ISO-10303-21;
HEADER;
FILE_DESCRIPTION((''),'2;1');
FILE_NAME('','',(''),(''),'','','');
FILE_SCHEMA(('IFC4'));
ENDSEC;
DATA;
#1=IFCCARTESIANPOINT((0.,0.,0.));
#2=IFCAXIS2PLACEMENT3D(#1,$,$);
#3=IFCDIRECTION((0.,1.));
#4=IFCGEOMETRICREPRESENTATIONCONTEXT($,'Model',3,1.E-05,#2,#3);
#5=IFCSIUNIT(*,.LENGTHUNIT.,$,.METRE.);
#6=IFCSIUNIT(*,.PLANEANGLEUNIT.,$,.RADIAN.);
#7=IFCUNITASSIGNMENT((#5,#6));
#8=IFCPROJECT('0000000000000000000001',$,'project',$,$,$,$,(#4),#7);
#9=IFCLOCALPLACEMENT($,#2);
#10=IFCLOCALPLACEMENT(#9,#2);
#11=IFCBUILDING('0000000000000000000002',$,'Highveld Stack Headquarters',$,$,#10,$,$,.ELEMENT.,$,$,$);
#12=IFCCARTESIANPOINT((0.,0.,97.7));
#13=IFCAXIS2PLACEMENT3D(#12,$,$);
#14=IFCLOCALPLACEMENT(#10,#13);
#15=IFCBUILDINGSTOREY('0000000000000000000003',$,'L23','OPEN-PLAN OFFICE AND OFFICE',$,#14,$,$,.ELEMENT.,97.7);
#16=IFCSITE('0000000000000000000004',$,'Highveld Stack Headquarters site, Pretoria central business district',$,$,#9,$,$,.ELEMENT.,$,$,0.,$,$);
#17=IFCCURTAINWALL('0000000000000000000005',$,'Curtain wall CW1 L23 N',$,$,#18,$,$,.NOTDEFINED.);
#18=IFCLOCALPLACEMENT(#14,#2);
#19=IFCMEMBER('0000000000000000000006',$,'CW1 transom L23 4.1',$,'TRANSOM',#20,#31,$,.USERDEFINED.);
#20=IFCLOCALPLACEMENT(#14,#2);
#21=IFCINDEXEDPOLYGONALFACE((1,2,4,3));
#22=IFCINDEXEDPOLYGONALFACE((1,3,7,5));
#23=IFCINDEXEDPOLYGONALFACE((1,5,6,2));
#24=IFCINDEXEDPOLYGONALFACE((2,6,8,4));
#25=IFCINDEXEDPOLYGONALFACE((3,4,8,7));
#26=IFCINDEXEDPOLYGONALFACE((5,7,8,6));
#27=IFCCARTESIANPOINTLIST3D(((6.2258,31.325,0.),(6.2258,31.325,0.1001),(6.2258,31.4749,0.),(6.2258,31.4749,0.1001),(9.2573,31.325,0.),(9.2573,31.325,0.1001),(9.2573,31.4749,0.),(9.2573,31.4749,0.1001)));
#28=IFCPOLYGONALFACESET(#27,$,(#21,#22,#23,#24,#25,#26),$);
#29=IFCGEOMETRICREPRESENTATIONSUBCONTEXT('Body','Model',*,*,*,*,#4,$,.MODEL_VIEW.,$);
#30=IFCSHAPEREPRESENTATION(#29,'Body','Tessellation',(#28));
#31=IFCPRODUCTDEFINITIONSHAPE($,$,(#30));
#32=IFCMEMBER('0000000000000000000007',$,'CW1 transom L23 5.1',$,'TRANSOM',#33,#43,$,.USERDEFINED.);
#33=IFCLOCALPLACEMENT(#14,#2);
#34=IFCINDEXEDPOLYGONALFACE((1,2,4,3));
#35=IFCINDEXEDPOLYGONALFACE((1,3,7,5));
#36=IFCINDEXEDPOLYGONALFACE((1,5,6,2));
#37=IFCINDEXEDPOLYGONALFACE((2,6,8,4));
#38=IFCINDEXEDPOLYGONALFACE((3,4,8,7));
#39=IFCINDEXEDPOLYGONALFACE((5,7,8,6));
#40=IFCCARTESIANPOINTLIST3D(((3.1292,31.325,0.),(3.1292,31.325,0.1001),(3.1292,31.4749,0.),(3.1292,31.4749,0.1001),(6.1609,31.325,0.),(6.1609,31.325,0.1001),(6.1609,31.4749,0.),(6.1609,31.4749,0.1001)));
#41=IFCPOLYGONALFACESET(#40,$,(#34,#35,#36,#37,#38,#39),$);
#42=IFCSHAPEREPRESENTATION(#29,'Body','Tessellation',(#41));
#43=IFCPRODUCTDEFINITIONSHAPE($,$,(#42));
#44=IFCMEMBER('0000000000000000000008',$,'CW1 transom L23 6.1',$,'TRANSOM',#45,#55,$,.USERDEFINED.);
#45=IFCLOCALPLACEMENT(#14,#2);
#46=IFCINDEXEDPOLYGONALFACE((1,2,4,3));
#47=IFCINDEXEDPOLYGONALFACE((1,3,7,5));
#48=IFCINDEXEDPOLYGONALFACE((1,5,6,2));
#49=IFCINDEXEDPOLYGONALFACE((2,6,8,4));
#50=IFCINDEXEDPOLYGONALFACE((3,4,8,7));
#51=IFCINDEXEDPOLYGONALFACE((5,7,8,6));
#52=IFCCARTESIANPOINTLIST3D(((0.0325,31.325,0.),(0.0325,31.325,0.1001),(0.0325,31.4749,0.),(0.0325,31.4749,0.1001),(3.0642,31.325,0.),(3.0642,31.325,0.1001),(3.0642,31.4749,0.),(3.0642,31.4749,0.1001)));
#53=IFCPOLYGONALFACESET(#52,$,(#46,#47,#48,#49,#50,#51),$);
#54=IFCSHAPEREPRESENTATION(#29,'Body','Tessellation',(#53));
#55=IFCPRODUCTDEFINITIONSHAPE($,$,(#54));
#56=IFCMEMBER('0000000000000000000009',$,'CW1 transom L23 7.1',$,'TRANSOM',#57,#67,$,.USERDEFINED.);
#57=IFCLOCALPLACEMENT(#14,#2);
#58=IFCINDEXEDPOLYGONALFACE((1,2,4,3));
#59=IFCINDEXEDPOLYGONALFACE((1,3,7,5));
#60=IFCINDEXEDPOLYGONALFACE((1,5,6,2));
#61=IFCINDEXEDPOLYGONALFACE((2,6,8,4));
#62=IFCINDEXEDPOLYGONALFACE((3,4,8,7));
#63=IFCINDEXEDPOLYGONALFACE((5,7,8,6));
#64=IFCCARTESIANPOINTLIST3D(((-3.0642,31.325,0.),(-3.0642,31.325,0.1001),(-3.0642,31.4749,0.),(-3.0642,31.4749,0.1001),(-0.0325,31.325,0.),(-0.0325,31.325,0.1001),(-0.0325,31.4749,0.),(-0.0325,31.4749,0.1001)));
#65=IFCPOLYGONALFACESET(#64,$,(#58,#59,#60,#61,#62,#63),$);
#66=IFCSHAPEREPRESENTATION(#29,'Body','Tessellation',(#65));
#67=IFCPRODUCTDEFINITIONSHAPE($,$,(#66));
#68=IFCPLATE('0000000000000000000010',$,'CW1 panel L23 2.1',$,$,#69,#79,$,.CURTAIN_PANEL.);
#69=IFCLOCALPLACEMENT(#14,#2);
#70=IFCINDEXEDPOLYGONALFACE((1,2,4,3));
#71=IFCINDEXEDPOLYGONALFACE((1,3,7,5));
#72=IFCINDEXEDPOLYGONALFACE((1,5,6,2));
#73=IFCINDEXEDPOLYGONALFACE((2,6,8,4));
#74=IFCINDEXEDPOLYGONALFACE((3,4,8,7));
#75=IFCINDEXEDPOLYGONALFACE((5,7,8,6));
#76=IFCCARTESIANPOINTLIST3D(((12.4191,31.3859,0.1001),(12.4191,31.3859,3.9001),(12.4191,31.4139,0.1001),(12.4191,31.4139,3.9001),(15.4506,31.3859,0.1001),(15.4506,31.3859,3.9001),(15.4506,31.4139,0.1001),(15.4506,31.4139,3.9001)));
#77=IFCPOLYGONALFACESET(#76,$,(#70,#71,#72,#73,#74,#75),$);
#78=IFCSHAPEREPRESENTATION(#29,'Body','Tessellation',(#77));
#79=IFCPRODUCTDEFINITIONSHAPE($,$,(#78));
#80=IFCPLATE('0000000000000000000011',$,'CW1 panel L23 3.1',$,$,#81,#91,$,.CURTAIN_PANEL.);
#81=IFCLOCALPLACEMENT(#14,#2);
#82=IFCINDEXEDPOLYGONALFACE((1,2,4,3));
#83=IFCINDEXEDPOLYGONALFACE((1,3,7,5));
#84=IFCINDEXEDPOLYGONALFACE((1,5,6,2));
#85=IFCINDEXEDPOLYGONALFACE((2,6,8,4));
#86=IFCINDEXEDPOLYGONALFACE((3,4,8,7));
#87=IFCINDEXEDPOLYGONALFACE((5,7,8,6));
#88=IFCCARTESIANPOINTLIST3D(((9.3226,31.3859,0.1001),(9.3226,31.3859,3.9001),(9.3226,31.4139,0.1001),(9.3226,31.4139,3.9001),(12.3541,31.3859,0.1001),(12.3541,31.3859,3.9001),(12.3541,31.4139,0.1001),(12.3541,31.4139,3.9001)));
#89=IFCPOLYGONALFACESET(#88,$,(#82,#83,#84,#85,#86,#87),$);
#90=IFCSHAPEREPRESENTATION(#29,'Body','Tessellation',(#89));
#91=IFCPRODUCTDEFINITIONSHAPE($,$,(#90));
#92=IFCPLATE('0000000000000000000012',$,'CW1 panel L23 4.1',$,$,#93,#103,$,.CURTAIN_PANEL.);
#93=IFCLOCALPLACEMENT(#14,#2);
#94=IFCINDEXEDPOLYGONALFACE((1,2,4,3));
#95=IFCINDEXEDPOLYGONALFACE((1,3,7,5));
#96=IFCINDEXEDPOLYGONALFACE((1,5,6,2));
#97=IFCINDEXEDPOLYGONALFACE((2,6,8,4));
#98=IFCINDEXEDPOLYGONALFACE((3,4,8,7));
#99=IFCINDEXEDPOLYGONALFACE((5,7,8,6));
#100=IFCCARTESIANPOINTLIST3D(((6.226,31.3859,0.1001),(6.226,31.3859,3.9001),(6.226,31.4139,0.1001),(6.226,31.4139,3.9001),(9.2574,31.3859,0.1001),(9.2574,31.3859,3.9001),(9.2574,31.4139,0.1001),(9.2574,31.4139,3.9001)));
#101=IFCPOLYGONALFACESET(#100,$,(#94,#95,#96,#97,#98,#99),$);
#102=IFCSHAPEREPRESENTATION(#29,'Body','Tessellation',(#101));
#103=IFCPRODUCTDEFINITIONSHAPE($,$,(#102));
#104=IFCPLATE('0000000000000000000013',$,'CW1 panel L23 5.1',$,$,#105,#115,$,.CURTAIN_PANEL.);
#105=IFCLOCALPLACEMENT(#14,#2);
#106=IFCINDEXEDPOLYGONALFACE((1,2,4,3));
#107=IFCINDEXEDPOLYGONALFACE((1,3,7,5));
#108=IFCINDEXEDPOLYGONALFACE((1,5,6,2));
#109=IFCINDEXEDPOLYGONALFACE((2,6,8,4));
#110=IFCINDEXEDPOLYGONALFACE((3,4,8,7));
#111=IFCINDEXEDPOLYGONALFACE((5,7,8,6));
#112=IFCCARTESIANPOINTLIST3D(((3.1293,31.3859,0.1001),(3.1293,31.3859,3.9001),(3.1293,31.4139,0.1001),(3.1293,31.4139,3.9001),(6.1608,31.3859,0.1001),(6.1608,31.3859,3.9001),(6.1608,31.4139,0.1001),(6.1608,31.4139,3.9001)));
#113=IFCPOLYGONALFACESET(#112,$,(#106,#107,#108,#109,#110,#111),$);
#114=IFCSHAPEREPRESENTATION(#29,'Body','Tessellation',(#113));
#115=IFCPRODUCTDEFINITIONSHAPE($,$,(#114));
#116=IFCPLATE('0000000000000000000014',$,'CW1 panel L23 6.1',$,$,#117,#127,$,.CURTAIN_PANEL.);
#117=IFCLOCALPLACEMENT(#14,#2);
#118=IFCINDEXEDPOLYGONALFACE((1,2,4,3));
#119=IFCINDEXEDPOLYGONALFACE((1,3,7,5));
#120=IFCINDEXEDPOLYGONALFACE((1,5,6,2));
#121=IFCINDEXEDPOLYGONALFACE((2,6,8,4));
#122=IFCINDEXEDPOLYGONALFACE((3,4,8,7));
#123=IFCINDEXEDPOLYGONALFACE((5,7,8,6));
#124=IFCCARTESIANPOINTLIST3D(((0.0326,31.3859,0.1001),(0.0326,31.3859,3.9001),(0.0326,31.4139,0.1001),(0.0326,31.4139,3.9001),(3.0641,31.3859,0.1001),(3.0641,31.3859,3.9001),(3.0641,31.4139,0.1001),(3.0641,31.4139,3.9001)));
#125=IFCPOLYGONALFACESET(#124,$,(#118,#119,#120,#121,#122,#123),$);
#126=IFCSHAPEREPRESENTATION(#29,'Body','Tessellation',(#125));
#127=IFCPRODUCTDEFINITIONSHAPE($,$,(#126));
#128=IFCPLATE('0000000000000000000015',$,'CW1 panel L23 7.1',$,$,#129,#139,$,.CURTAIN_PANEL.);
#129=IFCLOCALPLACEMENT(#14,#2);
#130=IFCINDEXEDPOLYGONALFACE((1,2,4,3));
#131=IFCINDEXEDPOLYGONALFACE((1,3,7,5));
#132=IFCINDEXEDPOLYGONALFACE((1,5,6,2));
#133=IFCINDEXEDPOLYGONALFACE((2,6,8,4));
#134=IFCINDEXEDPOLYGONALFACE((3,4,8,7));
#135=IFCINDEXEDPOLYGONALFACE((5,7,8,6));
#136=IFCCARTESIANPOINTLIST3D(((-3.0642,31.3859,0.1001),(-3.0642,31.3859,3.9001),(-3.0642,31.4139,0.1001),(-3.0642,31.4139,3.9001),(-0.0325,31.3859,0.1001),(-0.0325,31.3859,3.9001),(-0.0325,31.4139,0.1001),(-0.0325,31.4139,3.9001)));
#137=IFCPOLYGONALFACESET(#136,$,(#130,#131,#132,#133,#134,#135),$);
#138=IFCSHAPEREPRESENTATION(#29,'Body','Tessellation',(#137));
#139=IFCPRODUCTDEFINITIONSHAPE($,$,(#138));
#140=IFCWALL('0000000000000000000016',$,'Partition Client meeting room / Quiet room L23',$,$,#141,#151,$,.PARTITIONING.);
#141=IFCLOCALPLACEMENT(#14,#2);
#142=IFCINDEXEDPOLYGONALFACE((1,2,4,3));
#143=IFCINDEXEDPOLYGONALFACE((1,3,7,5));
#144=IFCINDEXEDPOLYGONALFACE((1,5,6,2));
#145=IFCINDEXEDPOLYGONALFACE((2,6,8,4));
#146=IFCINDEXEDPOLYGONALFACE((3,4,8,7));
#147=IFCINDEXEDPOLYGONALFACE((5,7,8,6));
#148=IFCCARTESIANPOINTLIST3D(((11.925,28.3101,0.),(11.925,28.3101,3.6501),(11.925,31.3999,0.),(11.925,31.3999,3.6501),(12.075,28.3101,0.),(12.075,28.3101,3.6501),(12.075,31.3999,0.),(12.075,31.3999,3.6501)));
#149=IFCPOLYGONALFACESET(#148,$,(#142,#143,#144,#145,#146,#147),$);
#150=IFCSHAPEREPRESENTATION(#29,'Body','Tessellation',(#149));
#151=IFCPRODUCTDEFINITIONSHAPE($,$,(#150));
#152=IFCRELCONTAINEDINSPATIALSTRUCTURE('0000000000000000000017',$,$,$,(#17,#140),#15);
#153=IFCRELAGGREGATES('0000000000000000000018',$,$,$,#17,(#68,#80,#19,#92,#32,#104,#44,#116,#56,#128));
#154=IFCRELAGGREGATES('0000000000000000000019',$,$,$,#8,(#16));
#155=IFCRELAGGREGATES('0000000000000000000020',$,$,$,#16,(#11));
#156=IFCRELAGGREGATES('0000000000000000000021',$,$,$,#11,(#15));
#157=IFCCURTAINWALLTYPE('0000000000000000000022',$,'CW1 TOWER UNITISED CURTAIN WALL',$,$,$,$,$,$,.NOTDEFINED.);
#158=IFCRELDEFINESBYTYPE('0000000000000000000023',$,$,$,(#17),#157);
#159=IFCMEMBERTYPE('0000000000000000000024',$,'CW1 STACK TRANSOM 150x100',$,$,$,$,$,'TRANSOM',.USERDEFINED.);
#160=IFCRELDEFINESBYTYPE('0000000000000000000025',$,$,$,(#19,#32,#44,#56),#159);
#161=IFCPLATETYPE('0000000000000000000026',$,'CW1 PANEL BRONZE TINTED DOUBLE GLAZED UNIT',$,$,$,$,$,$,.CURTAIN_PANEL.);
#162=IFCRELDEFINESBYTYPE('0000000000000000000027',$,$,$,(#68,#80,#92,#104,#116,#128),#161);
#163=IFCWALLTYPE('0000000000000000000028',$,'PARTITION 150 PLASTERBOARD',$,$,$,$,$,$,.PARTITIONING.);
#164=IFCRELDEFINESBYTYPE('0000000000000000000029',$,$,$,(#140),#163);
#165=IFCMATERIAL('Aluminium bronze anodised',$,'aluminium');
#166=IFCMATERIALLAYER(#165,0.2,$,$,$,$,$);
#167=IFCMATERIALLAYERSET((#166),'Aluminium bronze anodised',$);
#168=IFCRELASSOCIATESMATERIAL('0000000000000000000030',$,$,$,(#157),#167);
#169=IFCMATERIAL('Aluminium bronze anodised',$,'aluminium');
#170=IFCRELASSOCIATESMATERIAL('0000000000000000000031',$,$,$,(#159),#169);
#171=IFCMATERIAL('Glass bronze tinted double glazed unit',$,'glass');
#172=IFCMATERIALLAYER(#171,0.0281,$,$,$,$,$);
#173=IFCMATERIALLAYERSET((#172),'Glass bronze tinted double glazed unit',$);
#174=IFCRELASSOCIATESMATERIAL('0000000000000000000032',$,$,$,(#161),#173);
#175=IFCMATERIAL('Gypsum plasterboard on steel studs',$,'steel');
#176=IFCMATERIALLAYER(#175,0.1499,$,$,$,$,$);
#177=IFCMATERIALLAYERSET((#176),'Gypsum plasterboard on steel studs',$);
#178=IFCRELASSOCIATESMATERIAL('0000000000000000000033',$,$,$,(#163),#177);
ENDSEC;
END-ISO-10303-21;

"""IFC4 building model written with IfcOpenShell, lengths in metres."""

from ifc_helpers import new_model, si_unit, direction, frame, frame_2d, origin, origin_2d, place, context, subcontext, project, spatial, rectangle, extrude, material, layer, layer_set, material_profile, profile_set, type_object, element, aggregate, save


model = new_model("IFC4")

# Units and contexts
model_context = context("Model", 3, precision=1e-05, world=origin(), true_north=direction((0.0, 1.0)))
body_context = subcontext(model_context, "Body", "Model", "MODEL_VIEW")
ifc_project = project(units=[si_unit("LENGTHUNIT", "METRE"), si_unit("PLANEANGLEUNIT", "RADIAN")], contexts=[model_context])

# Site, building, storey
site_placement = place(None, origin())
site = spatial("IfcSite", under=ifc_project, at=site_placement, Name="Highveld Stack Headquarters site, Pretoria central business district", CompositionType="ELEMENT", RefElevation=0.0)
building_placement = place(site_placement, origin())
building = spatial("IfcBuilding", under=site, at=building_placement, Name="Highveld Stack Headquarters", CompositionType="ELEMENT")
storey_placement = place(building_placement, frame((0.0, 0.0, 97.7)))
storey = spatial("IfcBuildingStorey", under=building, at=storey_placement, Name="L23", Description="OPEN-PLAN OFFICE AND OFFICE", CompositionType="ELEMENT", Elevation=97.7)

# Curtain wall, members, plates
ifc_material_1 = material(Name="Aluminium bronze anodised", Category="aluminium")
ifc_layer_1 = layer(ifc_material_1, 0.2)
ifc_layer_set_1 = layer_set([ifc_layer_1], Name="Aluminium bronze anodised")
curtain_wall_type = type_object("IfcCurtainWallType", Name="CW1 TOWER UNITISED CURTAIN WALL", PredefinedType="NOTDEFINED", material=ifc_layer_set_1)
curtain_wall_placement = place(storey_placement, origin())
curtain_wall = element("IfcCurtainWall", 1, at=curtain_wall_placement, inside=storey, type_object=curtain_wall_type, Name="Curtain wall CW1 L23 N", PredefinedType="NOTDEFINED")
ifc_material_2 = material(Name="Aluminium bronze anodised", Category="aluminium")
ifc_material_profile_1 = material_profile(ifc_material_2, rectangle(XDim=0.1499, YDim=0.1001, at=origin_2d()), Name="CW1 TRANSOM 150x100")
ifc_profile_set_1 = profile_set([ifc_material_profile_1], Name="Aluminium bronze anodised")
member_type_1 = type_object("IfcMemberType", Name="CW1 STACK TRANSOM 150x100", ElementType="TRANSOM", PredefinedType="USERDEFINED", material=ifc_profile_set_1)
member_1_placement = place(storey_placement, frame((9.2573, 31.3999, 0.05), z_axis=(-1.0, 0.0, 0.0), x_axis=(0.0, -1.0, 0.0)))
member_1 = element("IfcMember", 2, at=member_1_placement, type_object=member_type_1, Name="CW1 transom L23 4.1", ObjectType="TRANSOM", PredefinedType="USERDEFINED", context=body_context, shape_type="SweptSolid", body=[
    extrude(rectangle(XDim=0.1499, YDim=0.1001, at=origin_2d()), origin(), (0.0, 0.0, 1.0), 3.0315),
])
member_2_placement = place(storey_placement, frame((6.1609, 31.3999, 0.05), z_axis=(-1.0, 0.0, 0.0), x_axis=(0.0, -1.0, 0.0)))
member_2 = element("IfcMember", 3, at=member_2_placement, type_object=member_type_1, Name="CW1 transom L23 5.1", ObjectType="TRANSOM", PredefinedType="USERDEFINED", context=body_context, shape_type="SweptSolid", body=[
    extrude(rectangle(XDim=0.1499, YDim=0.1001, at=origin_2d()), origin(), (0.0, 0.0, 1.0), 3.0317),
])
member_3_placement = place(storey_placement, frame((3.0642, 31.3999, 0.05), z_axis=(-1.0, 0.0, 0.0), x_axis=(0.0, -1.0, 0.0)))
member_3 = element("IfcMember", 4, at=member_3_placement, type_object=member_type_1, Name="CW1 transom L23 6.1", ObjectType="TRANSOM", PredefinedType="USERDEFINED", context=body_context, shape_type="SweptSolid", body=[
    extrude(rectangle(XDim=0.1499, YDim=0.1001, at=origin_2d()), origin(), (0.0, 0.0, 1.0), 3.0317),
])
member_4_placement = place(storey_placement, frame((-0.0325, 31.3999, 0.05), z_axis=(-1.0, 0.0, 0.0), x_axis=(0.0, -1.0, 0.0)))
member_4 = element("IfcMember", 5, at=member_4_placement, type_object=member_type_1, Name="CW1 transom L23 7.1", ObjectType="TRANSOM", PredefinedType="USERDEFINED", context=body_context, shape_type="SweptSolid", body=[
    extrude(rectangle(XDim=0.1499, YDim=0.1001, at=origin_2d()), origin(), (0.0, 0.0, 1.0), 3.0317),
])
ifc_material_3 = material(Name="Glass bronze tinted double glazed unit", Category="glass")
ifc_layer_2 = layer(ifc_material_3, 0.0281)
ifc_layer_set_2 = layer_set([ifc_layer_2], Name="Glass bronze tinted double glazed unit")
plate_type = type_object("IfcPlateType", Name="CW1 PANEL BRONZE TINTED DOUBLE GLAZED UNIT", PredefinedType="CURTAIN_PANEL", material=ifc_layer_set_2)
plate_1_placement = place(storey_placement, frame((13.9348, 31.3999, 0.1001), z_axis=(0.0, 0.0, 1.0), x_axis=(-1.0, 0.0, 0.0)))
plate_1 = element("IfcPlate", 6, at=plate_1_placement, type_object=plate_type, Name="CW1 panel L23 2.1", PredefinedType="CURTAIN_PANEL", context=body_context, shape_type="SweptSolid", body=[
    extrude(rectangle(XDim=3.0315, YDim=0.0281, at=origin_2d()), origin(), (0.0, 0.0, 1.0), 3.8),
])
plate_2_placement = place(storey_placement, frame((10.8384, 31.3999, 0.1001), z_axis=(0.0, 0.0, 1.0), x_axis=(-1.0, 0.0, 0.0)))
plate_2 = element("IfcPlate", 7, at=plate_2_placement, type_object=plate_type, Name="CW1 panel L23 3.1", PredefinedType="CURTAIN_PANEL", context=body_context, shape_type="SweptSolid", body=[
    extrude(rectangle(XDim=3.0315, YDim=0.0281, at=origin_2d()), origin(), (0.0, 0.0, 1.0), 3.8),
])
plate_3_placement = place(storey_placement, frame((7.7417, 31.3999, 0.1001), z_axis=(0.0, 0.0, 1.0), x_axis=(-1.0, 0.0, 0.0)))
plate_3 = element("IfcPlate", 8, at=plate_3_placement, type_object=plate_type, Name="CW1 panel L23 4.1", PredefinedType="CURTAIN_PANEL", context=body_context, shape_type="SweptSolid", body=[
    extrude(rectangle(XDim=3.0315, YDim=0.0281, at=origin_2d()), origin(), (0.0, 0.0, 1.0), 3.8),
])
plate_4_placement = place(storey_placement, frame((4.645, 31.3999, 0.1001), z_axis=(0.0, 0.0, 1.0), x_axis=(-1.0, 0.0, 0.0)))
plate_4 = element("IfcPlate", 9, at=plate_4_placement, type_object=plate_type, Name="CW1 panel L23 5.1", PredefinedType="CURTAIN_PANEL", context=body_context, shape_type="SweptSolid", body=[
    extrude(rectangle(XDim=3.0315, YDim=0.0281, at=origin_2d()), origin(), (0.0, 0.0, 1.0), 3.8),
])
plate_5_placement = place(storey_placement, frame((1.5483, 31.3999, 0.1001), z_axis=(0.0, 0.0, 1.0), x_axis=(-1.0, 0.0, 0.0)))
plate_5 = element("IfcPlate", 10, at=plate_5_placement, type_object=plate_type, Name="CW1 panel L23 6.1", PredefinedType="CURTAIN_PANEL", context=body_context, shape_type="SweptSolid", body=[
    extrude(rectangle(XDim=3.0315, YDim=0.0281, at=origin_2d()), origin(), (0.0, 0.0, 1.0), 3.8),
])
plate_6_placement = place(storey_placement, frame((-1.5483, 31.3999, 0.1001), z_axis=(0.0, 0.0, 1.0), x_axis=(-1.0, 0.0, 0.0)))
plate_6 = element("IfcPlate", 11, at=plate_6_placement, type_object=plate_type, Name="CW1 panel L23 7.1", PredefinedType="CURTAIN_PANEL", context=body_context, shape_type="SweptSolid", body=[
    extrude(rectangle(XDim=3.0317, YDim=0.0281, at=origin_2d()), origin(), (0.0, 0.0, 1.0), 3.8),
])
aggregate(curtain_wall, [plate_1, plate_2, member_1, plate_3, member_2, plate_4, member_3, plate_5, member_4, plate_6])

# Wall
ifc_material_4 = material(Name="Gypsum plasterboard on steel studs", Category="steel")
ifc_layer_3 = layer(ifc_material_4, 0.1499)
ifc_layer_set_3 = layer_set([ifc_layer_3], Name="Gypsum plasterboard on steel studs")
wall_type = type_object("IfcWallType", Name="PARTITION 150 PLASTERBOARD", PredefinedType="PARTITIONING", material=ifc_layer_set_3)
wall_placement = place(storey_placement, frame((12.0, 28.3101, 0.0), z_axis=(0.0, 0.0, 1.0), x_axis=(0.0, 1.0, 0.0)))
element("IfcWall", 12, at=wall_placement, inside=storey, type_object=wall_type, Name="Partition Client meeting room / Quiet room L23", PredefinedType="PARTITIONING", context=body_context, shape_type="SweptSolid", body=[
    extrude(rectangle(XDim=3.0898, YDim=0.1499, at=frame_2d((1.5449, 0.0))), origin(), (0.0, 0.0, 1.0), 3.6501),
])

save(model, "model.ifc")
